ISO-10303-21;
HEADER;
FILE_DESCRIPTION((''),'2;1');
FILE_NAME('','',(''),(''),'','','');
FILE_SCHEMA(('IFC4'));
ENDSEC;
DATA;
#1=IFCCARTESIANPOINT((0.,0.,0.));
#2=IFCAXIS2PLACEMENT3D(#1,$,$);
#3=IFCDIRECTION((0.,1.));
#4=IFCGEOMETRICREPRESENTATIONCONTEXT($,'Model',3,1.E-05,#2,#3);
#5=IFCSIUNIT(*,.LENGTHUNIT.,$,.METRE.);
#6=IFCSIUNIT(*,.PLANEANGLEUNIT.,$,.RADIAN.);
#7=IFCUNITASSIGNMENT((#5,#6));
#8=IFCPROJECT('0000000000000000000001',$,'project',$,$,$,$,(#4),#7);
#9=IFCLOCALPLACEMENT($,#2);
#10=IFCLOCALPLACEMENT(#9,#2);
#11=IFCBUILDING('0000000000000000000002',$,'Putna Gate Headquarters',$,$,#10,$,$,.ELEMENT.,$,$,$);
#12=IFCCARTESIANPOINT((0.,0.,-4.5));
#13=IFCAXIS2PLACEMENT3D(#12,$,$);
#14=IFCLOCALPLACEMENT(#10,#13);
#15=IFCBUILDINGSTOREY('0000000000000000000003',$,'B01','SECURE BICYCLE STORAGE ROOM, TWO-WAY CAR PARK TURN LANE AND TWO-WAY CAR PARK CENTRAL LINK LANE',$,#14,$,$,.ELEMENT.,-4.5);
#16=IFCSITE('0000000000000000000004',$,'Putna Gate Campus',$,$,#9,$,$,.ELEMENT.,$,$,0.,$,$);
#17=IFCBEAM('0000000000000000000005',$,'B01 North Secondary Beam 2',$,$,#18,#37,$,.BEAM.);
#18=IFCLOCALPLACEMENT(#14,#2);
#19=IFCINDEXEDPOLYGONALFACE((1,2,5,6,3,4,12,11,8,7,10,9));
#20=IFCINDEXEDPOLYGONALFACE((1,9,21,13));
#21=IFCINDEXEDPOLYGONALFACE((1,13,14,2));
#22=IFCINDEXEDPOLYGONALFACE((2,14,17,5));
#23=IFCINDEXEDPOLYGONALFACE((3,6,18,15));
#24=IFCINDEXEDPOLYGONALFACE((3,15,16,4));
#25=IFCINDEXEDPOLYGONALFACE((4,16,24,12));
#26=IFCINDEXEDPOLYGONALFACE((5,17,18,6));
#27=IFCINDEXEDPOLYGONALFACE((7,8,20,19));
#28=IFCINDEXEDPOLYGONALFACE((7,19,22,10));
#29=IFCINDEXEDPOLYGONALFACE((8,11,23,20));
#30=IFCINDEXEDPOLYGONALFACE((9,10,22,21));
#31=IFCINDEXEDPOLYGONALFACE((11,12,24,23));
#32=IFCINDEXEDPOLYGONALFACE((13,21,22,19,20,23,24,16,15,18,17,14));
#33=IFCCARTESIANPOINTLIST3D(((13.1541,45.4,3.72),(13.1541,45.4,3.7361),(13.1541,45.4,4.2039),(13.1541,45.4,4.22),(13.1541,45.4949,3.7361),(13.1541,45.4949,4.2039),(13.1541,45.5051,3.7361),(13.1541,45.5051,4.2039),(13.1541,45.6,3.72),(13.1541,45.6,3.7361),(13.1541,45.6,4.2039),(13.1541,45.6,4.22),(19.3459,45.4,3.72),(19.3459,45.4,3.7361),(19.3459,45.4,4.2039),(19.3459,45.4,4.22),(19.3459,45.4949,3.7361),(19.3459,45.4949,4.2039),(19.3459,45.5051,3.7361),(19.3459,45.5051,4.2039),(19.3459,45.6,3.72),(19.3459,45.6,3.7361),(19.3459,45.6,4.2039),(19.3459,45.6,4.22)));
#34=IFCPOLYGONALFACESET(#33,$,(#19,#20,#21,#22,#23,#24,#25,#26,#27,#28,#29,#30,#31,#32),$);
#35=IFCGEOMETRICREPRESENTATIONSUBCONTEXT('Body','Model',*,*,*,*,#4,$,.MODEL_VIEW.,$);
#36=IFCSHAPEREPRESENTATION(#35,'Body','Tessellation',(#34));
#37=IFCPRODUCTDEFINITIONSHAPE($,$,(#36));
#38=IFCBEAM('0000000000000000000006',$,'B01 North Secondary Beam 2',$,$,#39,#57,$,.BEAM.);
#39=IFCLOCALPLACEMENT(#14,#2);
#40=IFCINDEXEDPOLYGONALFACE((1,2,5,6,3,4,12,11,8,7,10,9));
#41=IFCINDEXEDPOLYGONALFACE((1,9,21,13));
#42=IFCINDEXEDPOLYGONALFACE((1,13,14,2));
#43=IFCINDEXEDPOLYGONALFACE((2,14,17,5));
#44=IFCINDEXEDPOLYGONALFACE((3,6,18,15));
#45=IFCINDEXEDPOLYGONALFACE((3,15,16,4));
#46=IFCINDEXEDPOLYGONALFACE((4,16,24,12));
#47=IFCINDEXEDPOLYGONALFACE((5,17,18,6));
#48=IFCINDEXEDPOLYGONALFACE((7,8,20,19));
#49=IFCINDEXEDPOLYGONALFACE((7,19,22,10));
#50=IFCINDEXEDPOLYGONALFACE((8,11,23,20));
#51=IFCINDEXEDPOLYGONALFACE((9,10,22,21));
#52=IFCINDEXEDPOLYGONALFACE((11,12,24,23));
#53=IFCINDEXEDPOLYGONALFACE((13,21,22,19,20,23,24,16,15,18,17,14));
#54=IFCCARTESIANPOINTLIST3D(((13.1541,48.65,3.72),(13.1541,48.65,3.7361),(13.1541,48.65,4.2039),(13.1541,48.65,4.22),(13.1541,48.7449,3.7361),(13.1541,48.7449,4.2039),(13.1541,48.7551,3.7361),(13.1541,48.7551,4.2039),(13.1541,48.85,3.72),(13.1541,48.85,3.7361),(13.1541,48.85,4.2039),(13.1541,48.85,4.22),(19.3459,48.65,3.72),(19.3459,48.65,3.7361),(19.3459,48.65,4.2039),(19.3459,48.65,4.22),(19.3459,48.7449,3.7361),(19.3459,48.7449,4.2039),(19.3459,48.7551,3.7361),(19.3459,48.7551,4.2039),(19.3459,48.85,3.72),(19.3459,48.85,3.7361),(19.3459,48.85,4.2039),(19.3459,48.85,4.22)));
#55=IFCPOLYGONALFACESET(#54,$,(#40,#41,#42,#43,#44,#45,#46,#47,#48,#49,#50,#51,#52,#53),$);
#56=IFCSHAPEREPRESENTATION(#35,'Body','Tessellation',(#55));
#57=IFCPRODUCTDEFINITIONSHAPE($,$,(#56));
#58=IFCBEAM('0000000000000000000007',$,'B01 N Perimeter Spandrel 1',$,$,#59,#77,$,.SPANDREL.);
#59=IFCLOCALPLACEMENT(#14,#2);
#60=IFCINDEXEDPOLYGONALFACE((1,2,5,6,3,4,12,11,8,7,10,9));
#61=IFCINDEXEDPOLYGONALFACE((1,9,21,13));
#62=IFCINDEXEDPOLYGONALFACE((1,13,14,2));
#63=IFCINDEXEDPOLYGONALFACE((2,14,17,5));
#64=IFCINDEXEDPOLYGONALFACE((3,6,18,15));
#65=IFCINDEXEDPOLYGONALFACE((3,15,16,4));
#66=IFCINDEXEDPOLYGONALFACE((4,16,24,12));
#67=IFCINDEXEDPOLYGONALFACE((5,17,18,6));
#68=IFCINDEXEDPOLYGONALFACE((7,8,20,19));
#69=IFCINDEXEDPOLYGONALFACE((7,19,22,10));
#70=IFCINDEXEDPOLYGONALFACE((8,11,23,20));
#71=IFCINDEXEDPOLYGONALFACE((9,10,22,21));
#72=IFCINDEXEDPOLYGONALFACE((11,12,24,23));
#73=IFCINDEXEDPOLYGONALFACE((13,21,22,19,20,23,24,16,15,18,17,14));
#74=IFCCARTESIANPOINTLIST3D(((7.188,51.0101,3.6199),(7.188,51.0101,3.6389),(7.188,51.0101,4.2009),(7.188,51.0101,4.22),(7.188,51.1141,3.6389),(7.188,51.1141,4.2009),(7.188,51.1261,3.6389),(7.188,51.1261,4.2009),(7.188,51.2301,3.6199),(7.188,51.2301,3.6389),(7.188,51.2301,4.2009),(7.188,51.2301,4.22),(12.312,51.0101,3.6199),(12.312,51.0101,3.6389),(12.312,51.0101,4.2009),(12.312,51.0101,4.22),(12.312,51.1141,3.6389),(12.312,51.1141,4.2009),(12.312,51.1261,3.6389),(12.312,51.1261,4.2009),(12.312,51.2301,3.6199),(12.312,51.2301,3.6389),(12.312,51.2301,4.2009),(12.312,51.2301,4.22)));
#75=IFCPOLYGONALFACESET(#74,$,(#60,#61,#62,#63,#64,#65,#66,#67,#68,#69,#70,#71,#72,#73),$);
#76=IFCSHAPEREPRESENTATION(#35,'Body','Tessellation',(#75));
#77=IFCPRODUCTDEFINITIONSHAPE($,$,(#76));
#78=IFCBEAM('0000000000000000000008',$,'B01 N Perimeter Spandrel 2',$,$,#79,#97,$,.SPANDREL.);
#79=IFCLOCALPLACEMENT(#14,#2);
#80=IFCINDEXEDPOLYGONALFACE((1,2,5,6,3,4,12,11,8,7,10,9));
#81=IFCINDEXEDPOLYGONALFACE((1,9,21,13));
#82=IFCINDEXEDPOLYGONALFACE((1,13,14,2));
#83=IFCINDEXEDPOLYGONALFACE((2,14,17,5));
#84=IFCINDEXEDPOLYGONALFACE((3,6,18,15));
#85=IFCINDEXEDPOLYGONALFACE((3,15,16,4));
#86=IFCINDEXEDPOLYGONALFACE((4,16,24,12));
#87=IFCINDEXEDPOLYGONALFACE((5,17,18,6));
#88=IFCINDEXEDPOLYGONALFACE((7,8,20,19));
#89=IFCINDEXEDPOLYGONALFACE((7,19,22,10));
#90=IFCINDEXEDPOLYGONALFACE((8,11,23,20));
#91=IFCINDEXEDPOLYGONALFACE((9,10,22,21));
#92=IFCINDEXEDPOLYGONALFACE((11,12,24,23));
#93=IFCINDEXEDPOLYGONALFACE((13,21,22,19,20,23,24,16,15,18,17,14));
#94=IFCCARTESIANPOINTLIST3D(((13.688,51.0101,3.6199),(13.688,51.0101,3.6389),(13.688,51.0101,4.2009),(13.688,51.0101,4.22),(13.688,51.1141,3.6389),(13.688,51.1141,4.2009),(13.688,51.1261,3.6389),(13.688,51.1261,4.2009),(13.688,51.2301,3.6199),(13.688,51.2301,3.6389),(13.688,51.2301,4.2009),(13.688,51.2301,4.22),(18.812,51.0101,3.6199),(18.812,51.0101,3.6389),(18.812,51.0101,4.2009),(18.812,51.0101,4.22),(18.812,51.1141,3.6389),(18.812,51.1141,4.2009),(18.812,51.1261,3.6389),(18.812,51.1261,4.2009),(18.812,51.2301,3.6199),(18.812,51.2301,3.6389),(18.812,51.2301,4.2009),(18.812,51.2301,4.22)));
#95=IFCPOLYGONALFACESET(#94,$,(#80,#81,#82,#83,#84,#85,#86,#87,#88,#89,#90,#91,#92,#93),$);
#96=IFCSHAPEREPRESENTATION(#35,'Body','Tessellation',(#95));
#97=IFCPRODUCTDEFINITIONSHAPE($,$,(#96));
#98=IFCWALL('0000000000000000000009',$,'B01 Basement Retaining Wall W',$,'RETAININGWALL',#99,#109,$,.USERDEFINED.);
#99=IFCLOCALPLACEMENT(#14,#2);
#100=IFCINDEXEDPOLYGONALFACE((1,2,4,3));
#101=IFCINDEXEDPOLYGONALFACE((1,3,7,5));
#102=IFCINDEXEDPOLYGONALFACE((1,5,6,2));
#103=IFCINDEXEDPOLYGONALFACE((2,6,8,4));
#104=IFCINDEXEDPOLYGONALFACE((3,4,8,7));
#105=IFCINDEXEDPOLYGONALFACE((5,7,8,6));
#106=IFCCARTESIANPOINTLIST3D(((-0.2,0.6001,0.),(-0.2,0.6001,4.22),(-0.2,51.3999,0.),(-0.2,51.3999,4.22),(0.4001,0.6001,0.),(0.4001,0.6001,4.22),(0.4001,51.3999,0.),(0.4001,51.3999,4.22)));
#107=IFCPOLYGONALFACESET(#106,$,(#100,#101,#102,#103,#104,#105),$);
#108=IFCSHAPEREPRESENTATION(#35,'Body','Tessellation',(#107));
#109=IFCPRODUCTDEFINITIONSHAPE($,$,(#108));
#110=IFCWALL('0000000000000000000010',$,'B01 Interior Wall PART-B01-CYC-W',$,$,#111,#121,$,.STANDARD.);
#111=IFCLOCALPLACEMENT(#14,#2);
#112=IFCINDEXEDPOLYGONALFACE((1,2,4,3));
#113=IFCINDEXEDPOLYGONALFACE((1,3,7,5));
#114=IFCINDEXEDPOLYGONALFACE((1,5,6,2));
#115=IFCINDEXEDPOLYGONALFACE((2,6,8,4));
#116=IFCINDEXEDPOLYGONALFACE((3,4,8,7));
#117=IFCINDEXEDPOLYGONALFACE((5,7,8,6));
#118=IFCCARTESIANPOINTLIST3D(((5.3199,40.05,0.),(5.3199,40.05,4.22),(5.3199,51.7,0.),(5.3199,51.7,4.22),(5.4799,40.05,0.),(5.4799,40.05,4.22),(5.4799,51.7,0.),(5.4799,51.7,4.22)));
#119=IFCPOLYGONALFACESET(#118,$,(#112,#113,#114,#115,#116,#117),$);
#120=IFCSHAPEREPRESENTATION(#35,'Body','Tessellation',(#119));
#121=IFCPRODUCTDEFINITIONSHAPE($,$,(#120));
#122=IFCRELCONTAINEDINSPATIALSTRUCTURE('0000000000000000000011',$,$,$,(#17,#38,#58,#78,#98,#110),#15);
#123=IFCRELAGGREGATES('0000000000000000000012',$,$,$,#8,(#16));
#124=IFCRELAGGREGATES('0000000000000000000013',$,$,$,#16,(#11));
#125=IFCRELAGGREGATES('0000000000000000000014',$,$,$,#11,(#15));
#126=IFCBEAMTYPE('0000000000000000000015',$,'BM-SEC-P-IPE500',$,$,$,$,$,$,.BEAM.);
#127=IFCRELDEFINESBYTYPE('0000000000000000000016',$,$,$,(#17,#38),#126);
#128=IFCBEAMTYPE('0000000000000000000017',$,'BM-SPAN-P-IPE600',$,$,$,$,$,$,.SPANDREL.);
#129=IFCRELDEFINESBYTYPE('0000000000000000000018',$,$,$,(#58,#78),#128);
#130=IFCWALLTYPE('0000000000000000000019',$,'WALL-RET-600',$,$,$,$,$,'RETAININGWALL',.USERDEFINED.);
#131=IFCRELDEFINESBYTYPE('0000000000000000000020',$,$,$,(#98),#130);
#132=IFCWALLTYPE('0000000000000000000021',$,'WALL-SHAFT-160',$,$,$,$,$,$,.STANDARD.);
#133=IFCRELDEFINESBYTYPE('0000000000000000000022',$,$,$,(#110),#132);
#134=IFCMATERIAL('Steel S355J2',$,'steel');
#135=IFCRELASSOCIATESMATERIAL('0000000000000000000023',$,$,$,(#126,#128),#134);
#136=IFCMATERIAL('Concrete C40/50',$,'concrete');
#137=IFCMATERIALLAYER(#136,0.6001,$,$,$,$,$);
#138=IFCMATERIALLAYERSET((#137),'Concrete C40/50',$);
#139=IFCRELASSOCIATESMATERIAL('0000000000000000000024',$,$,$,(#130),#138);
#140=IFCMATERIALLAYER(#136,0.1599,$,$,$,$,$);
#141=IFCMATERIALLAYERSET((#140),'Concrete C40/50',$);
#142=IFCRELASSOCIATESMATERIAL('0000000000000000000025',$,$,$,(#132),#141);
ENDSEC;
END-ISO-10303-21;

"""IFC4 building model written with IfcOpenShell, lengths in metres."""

from ifc_helpers import new_model, si_unit, direction, frame, frame_2d, origin, origin_2d, place, context, subcontext, project, spatial, rectangle, i_section, extrude, material, layer, layer_set, material_profile, profile_set, type_object, element, save


model = new_model("IFC4")

# Units and contexts
model_context = context("Model", 3, precision=1e-05, world=origin(), true_north=direction((0.0, 1.0)))
body_context = subcontext(model_context, "Body", "Model", "MODEL_VIEW")
ifc_project = project(units=[si_unit("LENGTHUNIT", "METRE"), si_unit("PLANEANGLEUNIT", "RADIAN")], contexts=[model_context])

# Site, building, storey
site_placement = place(None, origin())
site = spatial("IfcSite", under=ifc_project, at=site_placement, Name="Putna Gate Campus", CompositionType="ELEMENT", RefElevation=0.0)
building_placement = place(site_placement, origin())
building = spatial("IfcBuilding", under=site, at=building_placement, Name="Putna Gate Headquarters", CompositionType="ELEMENT")
storey_placement = place(building_placement, frame((0.0, 0.0, -4.5)))
storey = spatial("IfcBuildingStorey", under=building, at=storey_placement, Name="B01", Description="SECURE BICYCLE STORAGE ROOM, TWO-WAY CAR PARK TURN LANE AND TWO-WAY CAR PARK CENTRAL LINK LANE", CompositionType="ELEMENT", Elevation=-4.5)

# Beams
ifc_material_1 = material(Name="Steel S355J2", Category="steel")
ifc_material_profile_1 = material_profile(ifc_material_1, i_section(OverallWidth=0.2, OverallDepth=0.5, WebThickness=0.0103, FlangeThickness=0.0161, at=origin_2d()), Name="Steel S355J2")
ifc_profile_set_1 = profile_set([ifc_material_profile_1], Name="Steel S355J2")
beam_type_1 = type_object("IfcBeamType", Name="BM-SEC-P-IPE500", PredefinedType="BEAM", material=ifc_profile_set_1)
for number, where, z_axis, x_axis, name in (
    (1, (13.1541, 45.5, 3.97), (1.0, 0.0, 0.0), (0.0, 1.0, 0.0), "B01 North Secondary Beam 2"),
    (2, (13.1541, 48.75, 3.97), (1.0, 0.0, 0.0), (0.0, 1.0, 0.0), "B01 North Secondary Beam 2"),
):
    element("IfcBeam", number, at=place(storey_placement, frame(where, z_axis=z_axis, x_axis=x_axis)), inside=storey, type_object=beam_type_1, Name=name, PredefinedType="BEAM", context=body_context, shape_type="SweptSolid", body=[
        extrude(i_section(OverallWidth=0.2, OverallDepth=0.5, WebThickness=0.0103, FlangeThickness=0.0161, at=origin_2d()), origin(), (0.0, 0.0, 1.0), 6.1919),
    ])
ifc_material_profile_2 = material_profile(ifc_material_1, i_section(OverallWidth=0.22, OverallDepth=0.6001, WebThickness=0.012, FlangeThickness=0.019, at=origin_2d()), Name="Steel S355J2")
ifc_profile_set_2 = profile_set([ifc_material_profile_2], Name="Steel S355J2")
beam_type_2 = type_object("IfcBeamType", Name="BM-SPAN-P-IPE600", PredefinedType="SPANDREL", material=ifc_profile_set_2)
for number, where, z_axis, x_axis, name in (
    (3, (7.188, 51.1201, 3.9199), (1.0, 0.0, 0.0), (0.0, 1.0, 0.0), "B01 N Perimeter Spandrel 1"),
    (4, (13.688, 51.1201, 3.9199), (1.0, 0.0, 0.0), (0.0, 1.0, 0.0), "B01 N Perimeter Spandrel 2"),
):
    element("IfcBeam", number, at=place(storey_placement, frame(where, z_axis=z_axis, x_axis=x_axis)), inside=storey, type_object=beam_type_2, Name=name, PredefinedType="SPANDREL", context=body_context, shape_type="SweptSolid", body=[
        extrude(i_section(OverallWidth=0.22, OverallDepth=0.6001, WebThickness=0.012, FlangeThickness=0.019, at=origin_2d()), origin(), (0.0, 0.0, 1.0), 5.124),
    ])

# Walls
ifc_material_2 = material(Name="Concrete C40/50", Category="concrete")
ifc_layer_1 = layer(ifc_material_2, 0.6001)
ifc_layer_set_1 = layer_set([ifc_layer_1], Name="Concrete C40/50")
wall_type_1 = type_object("IfcWallType", Name="WALL-RET-600", ElementType="RETAININGWALL", PredefinedType="USERDEFINED", material=ifc_layer_set_1)
wall_1_placement = place(storey_placement, frame((0.1001, 51.3999, 0.0), z_axis=(0.0, 0.0, 1.0), x_axis=(0.0, -1.0, 0.0)))
element("IfcWall", 5, at=wall_1_placement, inside=storey, type_object=wall_type_1, Name="B01 Basement Retaining Wall W", ObjectType="RETAININGWALL", PredefinedType="USERDEFINED", context=body_context, shape_type="SweptSolid", body=[
    extrude(rectangle(XDim=50.7998, YDim=0.6001, at=frame_2d((25.3999, 0.0))), origin(), (0.0, 0.0, 1.0), 4.22),
])
ifc_layer_2 = layer(ifc_material_2, 0.1599)
ifc_layer_set_2 = layer_set([ifc_layer_2], Name="Concrete C40/50")
wall_type_2 = type_object("IfcWallType", Name="WALL-SHAFT-160", PredefinedType="STANDARD", material=ifc_layer_set_2)
wall_2_placement = place(storey_placement, frame((5.3999, 40.05, 0.0), z_axis=(0.0, 0.0, 1.0), x_axis=(0.0, 1.0, 0.0)))
element("IfcWall", 6, at=wall_2_placement, inside=storey, type_object=wall_type_2, Name="B01 Interior Wall PART-B01-CYC-W", PredefinedType="STANDARD", context=body_context, shape_type="SweptSolid", body=[
    extrude(rectangle(XDim=11.6499, YDim=0.1599, at=frame_2d((5.825, 0.0))), origin(), (0.0, 0.0, 1.0), 4.22),
])

save(model, "model.ifc")
